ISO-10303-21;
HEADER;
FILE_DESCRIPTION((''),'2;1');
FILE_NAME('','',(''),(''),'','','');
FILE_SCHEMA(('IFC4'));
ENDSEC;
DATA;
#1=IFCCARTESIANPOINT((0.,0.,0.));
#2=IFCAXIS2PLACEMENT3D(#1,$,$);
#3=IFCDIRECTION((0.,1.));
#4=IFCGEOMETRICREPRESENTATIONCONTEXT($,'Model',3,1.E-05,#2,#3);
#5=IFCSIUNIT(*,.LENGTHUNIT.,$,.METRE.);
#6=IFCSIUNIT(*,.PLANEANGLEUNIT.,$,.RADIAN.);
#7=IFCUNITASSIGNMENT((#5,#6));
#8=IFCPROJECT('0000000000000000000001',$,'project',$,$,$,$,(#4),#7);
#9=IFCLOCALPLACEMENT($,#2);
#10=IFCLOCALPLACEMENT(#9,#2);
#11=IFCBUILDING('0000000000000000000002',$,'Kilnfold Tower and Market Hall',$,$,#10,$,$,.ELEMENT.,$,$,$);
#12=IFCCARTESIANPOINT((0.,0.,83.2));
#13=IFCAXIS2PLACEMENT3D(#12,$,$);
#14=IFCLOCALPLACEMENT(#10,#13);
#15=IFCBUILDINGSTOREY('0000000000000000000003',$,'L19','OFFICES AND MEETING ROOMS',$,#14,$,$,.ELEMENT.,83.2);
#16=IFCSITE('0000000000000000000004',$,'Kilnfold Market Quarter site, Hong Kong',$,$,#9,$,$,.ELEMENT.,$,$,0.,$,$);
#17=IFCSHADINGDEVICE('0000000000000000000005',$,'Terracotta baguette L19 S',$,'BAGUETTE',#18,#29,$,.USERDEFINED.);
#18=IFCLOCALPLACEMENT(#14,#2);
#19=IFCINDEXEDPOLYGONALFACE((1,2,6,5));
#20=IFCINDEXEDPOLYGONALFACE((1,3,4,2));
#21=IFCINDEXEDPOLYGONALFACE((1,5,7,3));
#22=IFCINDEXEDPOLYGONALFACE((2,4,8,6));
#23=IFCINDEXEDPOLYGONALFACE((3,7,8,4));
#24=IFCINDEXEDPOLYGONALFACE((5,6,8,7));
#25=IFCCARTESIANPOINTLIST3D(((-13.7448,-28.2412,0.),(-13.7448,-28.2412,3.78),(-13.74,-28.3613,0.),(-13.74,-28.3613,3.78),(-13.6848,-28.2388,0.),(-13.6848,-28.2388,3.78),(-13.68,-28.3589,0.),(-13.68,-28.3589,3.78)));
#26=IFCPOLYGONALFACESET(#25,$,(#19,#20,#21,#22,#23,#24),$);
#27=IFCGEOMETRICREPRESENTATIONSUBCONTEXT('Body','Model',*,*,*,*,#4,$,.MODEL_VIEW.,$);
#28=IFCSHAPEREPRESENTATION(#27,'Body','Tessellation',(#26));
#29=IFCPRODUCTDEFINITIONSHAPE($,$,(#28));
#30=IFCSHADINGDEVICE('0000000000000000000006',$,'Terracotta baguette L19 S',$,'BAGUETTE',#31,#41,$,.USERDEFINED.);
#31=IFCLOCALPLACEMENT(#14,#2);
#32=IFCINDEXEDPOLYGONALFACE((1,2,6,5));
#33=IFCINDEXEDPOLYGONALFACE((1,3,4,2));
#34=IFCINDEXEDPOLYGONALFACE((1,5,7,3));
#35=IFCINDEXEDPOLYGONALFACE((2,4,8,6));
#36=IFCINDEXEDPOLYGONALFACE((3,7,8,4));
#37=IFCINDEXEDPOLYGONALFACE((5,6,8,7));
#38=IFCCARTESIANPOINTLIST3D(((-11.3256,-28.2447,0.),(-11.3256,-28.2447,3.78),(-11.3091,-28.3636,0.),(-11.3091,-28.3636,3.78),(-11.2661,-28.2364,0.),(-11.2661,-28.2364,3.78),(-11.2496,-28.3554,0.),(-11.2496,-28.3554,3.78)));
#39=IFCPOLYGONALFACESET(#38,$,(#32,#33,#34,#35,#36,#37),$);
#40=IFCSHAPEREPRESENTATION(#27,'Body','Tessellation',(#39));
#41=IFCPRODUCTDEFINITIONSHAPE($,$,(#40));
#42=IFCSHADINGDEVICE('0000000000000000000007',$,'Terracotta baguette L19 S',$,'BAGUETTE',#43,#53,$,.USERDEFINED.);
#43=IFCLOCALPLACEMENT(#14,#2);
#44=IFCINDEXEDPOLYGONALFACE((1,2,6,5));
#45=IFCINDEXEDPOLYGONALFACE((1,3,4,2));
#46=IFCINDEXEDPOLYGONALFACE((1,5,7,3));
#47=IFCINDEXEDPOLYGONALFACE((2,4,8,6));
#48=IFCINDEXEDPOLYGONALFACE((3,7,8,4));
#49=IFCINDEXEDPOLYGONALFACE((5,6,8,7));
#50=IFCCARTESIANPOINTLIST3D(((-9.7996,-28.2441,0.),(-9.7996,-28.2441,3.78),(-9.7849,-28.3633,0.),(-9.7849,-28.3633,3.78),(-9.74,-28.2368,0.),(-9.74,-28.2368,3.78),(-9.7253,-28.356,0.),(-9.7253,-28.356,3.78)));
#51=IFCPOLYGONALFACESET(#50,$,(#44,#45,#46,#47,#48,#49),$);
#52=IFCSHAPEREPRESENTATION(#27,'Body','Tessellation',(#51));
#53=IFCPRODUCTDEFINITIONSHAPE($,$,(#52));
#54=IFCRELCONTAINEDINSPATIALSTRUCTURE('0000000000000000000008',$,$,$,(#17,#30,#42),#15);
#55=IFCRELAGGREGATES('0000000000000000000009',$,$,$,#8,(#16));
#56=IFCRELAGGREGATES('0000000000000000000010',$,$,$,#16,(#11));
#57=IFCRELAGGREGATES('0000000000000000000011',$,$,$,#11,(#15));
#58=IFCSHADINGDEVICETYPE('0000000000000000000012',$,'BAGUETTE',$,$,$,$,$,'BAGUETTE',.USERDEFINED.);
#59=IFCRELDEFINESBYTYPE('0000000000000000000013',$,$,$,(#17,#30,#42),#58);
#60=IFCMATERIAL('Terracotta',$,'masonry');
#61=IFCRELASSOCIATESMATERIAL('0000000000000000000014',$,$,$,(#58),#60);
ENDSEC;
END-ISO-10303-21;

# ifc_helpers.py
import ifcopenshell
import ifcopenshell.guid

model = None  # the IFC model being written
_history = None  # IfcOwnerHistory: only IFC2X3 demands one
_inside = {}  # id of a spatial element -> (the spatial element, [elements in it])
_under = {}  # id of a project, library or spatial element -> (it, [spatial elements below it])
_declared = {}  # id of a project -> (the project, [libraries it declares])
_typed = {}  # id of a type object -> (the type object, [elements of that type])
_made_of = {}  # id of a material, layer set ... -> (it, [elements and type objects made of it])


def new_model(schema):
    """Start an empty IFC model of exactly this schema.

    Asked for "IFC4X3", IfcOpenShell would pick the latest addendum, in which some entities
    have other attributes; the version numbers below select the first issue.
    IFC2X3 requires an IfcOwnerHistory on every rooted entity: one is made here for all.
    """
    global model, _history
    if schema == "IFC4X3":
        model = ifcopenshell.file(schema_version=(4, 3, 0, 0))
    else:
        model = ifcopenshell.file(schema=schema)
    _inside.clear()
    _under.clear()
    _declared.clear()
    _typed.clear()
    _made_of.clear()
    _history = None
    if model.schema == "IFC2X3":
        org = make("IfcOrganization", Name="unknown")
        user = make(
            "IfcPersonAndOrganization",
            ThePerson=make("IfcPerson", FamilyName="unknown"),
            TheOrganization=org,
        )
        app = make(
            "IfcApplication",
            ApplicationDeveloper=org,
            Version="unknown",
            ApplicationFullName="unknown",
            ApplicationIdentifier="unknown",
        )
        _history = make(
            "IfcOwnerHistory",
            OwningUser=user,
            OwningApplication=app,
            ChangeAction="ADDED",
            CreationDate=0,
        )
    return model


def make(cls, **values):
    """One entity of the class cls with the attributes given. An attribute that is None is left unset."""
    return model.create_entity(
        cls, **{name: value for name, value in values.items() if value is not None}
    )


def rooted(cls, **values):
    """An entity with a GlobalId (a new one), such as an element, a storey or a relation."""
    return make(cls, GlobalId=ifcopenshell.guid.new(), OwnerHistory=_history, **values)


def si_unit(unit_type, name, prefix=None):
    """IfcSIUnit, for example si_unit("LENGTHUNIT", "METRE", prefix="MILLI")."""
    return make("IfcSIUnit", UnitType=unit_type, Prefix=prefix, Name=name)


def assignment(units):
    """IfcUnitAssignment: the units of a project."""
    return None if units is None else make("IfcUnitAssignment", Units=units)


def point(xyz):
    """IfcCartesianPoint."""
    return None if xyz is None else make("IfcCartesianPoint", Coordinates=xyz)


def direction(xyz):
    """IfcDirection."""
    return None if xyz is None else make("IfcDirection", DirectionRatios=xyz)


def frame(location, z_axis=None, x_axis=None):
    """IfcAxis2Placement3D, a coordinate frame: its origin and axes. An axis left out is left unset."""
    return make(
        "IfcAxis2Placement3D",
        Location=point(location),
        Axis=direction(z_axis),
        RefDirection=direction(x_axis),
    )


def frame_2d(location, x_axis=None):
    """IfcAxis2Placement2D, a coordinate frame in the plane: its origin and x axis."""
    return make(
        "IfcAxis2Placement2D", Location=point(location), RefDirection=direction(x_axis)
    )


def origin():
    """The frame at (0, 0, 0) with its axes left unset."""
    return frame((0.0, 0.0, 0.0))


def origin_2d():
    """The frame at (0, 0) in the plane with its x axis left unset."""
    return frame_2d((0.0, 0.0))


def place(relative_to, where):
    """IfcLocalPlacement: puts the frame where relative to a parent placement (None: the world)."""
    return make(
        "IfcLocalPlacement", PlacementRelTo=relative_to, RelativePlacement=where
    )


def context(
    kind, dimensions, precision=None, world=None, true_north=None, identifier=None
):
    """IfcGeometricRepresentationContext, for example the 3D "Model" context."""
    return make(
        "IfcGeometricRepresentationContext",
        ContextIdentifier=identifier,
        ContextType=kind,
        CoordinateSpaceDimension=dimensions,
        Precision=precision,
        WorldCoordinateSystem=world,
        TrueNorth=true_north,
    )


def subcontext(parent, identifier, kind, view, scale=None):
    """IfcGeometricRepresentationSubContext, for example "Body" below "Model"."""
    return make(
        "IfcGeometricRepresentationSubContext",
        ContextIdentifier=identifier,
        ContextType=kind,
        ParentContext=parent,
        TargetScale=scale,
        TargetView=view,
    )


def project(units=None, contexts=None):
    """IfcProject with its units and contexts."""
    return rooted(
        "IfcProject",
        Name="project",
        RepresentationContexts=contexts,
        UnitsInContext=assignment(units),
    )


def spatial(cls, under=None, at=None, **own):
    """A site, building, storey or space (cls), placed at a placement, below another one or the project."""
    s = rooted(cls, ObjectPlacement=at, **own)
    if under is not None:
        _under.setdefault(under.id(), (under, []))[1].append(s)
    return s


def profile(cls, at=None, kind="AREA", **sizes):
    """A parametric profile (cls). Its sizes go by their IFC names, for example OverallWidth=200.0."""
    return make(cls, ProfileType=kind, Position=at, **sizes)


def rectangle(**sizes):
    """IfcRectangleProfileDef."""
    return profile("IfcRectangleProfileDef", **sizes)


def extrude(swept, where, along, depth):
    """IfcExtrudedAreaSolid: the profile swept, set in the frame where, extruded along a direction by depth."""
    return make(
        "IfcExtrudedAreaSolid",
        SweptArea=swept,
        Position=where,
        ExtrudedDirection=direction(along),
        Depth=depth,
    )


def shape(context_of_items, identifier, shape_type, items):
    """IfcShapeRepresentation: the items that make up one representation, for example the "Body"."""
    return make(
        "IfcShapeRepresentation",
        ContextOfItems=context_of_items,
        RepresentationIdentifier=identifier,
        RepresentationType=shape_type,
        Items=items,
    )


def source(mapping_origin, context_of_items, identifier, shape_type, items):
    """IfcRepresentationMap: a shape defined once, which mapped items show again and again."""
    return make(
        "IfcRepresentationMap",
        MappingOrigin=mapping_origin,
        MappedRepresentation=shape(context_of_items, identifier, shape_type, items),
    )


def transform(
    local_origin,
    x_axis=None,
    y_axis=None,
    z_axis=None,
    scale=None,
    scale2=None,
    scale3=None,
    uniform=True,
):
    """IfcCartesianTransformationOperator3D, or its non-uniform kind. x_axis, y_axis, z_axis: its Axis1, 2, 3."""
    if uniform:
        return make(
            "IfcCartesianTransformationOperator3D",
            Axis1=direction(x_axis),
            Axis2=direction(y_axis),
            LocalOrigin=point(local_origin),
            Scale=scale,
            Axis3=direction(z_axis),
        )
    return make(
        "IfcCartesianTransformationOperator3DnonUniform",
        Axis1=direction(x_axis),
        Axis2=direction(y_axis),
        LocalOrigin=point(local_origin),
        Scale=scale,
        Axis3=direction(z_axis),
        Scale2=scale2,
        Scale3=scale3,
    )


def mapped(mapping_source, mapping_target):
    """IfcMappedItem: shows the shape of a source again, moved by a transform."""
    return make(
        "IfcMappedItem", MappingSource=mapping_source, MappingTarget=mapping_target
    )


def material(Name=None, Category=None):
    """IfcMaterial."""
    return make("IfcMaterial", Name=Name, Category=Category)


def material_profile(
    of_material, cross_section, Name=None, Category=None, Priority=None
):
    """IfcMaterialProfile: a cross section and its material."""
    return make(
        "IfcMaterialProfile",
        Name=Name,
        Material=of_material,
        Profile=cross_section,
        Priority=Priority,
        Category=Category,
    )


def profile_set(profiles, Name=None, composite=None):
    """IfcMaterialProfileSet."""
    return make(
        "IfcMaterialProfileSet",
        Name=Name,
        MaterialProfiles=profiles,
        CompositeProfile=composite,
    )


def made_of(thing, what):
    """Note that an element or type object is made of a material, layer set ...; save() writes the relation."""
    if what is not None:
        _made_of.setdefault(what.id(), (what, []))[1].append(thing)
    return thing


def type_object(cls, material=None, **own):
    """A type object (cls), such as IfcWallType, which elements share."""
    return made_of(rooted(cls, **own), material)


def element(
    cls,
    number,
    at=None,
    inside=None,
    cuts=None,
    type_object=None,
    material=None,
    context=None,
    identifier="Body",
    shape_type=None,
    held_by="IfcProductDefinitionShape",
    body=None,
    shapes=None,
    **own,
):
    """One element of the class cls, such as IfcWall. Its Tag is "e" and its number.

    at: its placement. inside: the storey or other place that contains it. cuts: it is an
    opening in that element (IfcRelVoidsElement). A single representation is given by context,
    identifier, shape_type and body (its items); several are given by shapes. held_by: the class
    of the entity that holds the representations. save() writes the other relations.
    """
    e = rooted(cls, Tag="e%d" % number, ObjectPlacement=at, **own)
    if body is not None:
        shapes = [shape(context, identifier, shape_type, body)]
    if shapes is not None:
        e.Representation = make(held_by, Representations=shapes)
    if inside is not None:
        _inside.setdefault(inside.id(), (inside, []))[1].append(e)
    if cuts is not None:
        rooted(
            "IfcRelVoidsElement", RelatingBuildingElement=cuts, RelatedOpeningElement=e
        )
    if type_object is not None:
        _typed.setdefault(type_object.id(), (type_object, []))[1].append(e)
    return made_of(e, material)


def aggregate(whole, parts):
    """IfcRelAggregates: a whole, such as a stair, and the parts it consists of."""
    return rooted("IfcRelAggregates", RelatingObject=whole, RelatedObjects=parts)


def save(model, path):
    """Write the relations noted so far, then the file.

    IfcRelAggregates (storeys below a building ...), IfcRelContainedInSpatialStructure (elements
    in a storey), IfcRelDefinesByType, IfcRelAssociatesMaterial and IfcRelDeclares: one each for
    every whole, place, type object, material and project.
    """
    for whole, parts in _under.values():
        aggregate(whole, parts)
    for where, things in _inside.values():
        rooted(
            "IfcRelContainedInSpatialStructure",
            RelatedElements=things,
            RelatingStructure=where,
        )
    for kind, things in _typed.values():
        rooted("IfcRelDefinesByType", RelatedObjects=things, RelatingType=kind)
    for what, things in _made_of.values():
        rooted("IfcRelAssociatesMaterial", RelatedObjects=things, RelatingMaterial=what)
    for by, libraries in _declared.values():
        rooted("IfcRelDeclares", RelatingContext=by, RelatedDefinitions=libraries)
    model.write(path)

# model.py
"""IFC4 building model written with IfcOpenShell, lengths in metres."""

from ifc_helpers import new_model, si_unit, direction, frame, origin, origin_2d, place, context, subcontext, project, spatial, rectangle, extrude, source, transform, mapped, material, material_profile, profile_set, type_object, element, save


model = new_model("IFC4")

# Units and contexts
model_context = context("Model", 3, precision=1e-05, world=origin(), true_north=direction((0.0, 1.0)))
body_context = subcontext(model_context, "Body", "Model", "MODEL_VIEW")
ifc_project = project(units=[si_unit("LENGTHUNIT", "METRE"), si_unit("PLANEANGLEUNIT", "RADIAN")], contexts=[model_context])

# Site, building, storey
site_placement = place(None, origin())
site = spatial("IfcSite", under=ifc_project, at=site_placement, Name="Kilnfold Market Quarter site, Hong Kong", CompositionType="ELEMENT", RefElevation=0.0)
building_placement = place(site_placement, origin())
building = spatial("IfcBuilding", under=site, at=building_placement, Name="Kilnfold Tower and Market Hall", CompositionType="ELEMENT")
storey_placement = place(building_placement, frame((0.0, 0.0, 83.2)))
storey = spatial("IfcBuildingStorey", under=building, at=storey_placement, Name="L19", Description="OFFICES AND MEETING ROOMS", CompositionType="ELEMENT", Elevation=83.2)

# Shading devices
ifc_material_1 = material(Name="Terracotta", Category="masonry")
ifc_material_profile_1 = material_profile(ifc_material_1, rectangle(XDim=0.0601, YDim=0.1201, at=origin_2d()), Name="BAG 60x120")
ifc_profile_set_1 = profile_set([ifc_material_profile_1], Name="Terracotta")
shading_device_type = type_object("IfcShadingDeviceType", Name="BAGUETTE", ElementType="BAGUETTE", PredefinedType="USERDEFINED", material=ifc_profile_set_1)
shared_shape_1 = source(origin(), body_context, "Body", "SweptSolid", [
    extrude(rectangle(XDim=0.0601, YDim=0.1201, at=origin_2d()), origin(), (0.0, 0.0, 1.0), 3.78),
])
for number, where, z_axis, x_axis, name in (
    (1, (-13.7124, -28.3, 0.0), (0.0, 0.0, 1.0), (0.999195, 0.040116, 0.0), "Terracotta baguette L19 S"),
    (2, (-11.2876, -28.3, 0.0), (0.0, 0.0, 1.0), (0.990618, 0.13666, 0.0), "Terracotta baguette L19 S"),
    (3, (-9.7625, -28.3, 0.0), (0.0, 0.0, 1.0), (0.992449, 0.122659, 0.0), "Terracotta baguette L19 S"),
):
    element("IfcShadingDevice", number, at=place(storey_placement, frame(where, z_axis=z_axis, x_axis=x_axis)), inside=storey, type_object=shading_device_type, Name=name, ObjectType="BAGUETTE", PredefinedType="USERDEFINED", context=body_context, shape_type="MappedRepresentation", body=[
        mapped(shared_shape_1, transform((0.0, 0.0, 0.0))),
    ])

save(model, "model.ifc")
